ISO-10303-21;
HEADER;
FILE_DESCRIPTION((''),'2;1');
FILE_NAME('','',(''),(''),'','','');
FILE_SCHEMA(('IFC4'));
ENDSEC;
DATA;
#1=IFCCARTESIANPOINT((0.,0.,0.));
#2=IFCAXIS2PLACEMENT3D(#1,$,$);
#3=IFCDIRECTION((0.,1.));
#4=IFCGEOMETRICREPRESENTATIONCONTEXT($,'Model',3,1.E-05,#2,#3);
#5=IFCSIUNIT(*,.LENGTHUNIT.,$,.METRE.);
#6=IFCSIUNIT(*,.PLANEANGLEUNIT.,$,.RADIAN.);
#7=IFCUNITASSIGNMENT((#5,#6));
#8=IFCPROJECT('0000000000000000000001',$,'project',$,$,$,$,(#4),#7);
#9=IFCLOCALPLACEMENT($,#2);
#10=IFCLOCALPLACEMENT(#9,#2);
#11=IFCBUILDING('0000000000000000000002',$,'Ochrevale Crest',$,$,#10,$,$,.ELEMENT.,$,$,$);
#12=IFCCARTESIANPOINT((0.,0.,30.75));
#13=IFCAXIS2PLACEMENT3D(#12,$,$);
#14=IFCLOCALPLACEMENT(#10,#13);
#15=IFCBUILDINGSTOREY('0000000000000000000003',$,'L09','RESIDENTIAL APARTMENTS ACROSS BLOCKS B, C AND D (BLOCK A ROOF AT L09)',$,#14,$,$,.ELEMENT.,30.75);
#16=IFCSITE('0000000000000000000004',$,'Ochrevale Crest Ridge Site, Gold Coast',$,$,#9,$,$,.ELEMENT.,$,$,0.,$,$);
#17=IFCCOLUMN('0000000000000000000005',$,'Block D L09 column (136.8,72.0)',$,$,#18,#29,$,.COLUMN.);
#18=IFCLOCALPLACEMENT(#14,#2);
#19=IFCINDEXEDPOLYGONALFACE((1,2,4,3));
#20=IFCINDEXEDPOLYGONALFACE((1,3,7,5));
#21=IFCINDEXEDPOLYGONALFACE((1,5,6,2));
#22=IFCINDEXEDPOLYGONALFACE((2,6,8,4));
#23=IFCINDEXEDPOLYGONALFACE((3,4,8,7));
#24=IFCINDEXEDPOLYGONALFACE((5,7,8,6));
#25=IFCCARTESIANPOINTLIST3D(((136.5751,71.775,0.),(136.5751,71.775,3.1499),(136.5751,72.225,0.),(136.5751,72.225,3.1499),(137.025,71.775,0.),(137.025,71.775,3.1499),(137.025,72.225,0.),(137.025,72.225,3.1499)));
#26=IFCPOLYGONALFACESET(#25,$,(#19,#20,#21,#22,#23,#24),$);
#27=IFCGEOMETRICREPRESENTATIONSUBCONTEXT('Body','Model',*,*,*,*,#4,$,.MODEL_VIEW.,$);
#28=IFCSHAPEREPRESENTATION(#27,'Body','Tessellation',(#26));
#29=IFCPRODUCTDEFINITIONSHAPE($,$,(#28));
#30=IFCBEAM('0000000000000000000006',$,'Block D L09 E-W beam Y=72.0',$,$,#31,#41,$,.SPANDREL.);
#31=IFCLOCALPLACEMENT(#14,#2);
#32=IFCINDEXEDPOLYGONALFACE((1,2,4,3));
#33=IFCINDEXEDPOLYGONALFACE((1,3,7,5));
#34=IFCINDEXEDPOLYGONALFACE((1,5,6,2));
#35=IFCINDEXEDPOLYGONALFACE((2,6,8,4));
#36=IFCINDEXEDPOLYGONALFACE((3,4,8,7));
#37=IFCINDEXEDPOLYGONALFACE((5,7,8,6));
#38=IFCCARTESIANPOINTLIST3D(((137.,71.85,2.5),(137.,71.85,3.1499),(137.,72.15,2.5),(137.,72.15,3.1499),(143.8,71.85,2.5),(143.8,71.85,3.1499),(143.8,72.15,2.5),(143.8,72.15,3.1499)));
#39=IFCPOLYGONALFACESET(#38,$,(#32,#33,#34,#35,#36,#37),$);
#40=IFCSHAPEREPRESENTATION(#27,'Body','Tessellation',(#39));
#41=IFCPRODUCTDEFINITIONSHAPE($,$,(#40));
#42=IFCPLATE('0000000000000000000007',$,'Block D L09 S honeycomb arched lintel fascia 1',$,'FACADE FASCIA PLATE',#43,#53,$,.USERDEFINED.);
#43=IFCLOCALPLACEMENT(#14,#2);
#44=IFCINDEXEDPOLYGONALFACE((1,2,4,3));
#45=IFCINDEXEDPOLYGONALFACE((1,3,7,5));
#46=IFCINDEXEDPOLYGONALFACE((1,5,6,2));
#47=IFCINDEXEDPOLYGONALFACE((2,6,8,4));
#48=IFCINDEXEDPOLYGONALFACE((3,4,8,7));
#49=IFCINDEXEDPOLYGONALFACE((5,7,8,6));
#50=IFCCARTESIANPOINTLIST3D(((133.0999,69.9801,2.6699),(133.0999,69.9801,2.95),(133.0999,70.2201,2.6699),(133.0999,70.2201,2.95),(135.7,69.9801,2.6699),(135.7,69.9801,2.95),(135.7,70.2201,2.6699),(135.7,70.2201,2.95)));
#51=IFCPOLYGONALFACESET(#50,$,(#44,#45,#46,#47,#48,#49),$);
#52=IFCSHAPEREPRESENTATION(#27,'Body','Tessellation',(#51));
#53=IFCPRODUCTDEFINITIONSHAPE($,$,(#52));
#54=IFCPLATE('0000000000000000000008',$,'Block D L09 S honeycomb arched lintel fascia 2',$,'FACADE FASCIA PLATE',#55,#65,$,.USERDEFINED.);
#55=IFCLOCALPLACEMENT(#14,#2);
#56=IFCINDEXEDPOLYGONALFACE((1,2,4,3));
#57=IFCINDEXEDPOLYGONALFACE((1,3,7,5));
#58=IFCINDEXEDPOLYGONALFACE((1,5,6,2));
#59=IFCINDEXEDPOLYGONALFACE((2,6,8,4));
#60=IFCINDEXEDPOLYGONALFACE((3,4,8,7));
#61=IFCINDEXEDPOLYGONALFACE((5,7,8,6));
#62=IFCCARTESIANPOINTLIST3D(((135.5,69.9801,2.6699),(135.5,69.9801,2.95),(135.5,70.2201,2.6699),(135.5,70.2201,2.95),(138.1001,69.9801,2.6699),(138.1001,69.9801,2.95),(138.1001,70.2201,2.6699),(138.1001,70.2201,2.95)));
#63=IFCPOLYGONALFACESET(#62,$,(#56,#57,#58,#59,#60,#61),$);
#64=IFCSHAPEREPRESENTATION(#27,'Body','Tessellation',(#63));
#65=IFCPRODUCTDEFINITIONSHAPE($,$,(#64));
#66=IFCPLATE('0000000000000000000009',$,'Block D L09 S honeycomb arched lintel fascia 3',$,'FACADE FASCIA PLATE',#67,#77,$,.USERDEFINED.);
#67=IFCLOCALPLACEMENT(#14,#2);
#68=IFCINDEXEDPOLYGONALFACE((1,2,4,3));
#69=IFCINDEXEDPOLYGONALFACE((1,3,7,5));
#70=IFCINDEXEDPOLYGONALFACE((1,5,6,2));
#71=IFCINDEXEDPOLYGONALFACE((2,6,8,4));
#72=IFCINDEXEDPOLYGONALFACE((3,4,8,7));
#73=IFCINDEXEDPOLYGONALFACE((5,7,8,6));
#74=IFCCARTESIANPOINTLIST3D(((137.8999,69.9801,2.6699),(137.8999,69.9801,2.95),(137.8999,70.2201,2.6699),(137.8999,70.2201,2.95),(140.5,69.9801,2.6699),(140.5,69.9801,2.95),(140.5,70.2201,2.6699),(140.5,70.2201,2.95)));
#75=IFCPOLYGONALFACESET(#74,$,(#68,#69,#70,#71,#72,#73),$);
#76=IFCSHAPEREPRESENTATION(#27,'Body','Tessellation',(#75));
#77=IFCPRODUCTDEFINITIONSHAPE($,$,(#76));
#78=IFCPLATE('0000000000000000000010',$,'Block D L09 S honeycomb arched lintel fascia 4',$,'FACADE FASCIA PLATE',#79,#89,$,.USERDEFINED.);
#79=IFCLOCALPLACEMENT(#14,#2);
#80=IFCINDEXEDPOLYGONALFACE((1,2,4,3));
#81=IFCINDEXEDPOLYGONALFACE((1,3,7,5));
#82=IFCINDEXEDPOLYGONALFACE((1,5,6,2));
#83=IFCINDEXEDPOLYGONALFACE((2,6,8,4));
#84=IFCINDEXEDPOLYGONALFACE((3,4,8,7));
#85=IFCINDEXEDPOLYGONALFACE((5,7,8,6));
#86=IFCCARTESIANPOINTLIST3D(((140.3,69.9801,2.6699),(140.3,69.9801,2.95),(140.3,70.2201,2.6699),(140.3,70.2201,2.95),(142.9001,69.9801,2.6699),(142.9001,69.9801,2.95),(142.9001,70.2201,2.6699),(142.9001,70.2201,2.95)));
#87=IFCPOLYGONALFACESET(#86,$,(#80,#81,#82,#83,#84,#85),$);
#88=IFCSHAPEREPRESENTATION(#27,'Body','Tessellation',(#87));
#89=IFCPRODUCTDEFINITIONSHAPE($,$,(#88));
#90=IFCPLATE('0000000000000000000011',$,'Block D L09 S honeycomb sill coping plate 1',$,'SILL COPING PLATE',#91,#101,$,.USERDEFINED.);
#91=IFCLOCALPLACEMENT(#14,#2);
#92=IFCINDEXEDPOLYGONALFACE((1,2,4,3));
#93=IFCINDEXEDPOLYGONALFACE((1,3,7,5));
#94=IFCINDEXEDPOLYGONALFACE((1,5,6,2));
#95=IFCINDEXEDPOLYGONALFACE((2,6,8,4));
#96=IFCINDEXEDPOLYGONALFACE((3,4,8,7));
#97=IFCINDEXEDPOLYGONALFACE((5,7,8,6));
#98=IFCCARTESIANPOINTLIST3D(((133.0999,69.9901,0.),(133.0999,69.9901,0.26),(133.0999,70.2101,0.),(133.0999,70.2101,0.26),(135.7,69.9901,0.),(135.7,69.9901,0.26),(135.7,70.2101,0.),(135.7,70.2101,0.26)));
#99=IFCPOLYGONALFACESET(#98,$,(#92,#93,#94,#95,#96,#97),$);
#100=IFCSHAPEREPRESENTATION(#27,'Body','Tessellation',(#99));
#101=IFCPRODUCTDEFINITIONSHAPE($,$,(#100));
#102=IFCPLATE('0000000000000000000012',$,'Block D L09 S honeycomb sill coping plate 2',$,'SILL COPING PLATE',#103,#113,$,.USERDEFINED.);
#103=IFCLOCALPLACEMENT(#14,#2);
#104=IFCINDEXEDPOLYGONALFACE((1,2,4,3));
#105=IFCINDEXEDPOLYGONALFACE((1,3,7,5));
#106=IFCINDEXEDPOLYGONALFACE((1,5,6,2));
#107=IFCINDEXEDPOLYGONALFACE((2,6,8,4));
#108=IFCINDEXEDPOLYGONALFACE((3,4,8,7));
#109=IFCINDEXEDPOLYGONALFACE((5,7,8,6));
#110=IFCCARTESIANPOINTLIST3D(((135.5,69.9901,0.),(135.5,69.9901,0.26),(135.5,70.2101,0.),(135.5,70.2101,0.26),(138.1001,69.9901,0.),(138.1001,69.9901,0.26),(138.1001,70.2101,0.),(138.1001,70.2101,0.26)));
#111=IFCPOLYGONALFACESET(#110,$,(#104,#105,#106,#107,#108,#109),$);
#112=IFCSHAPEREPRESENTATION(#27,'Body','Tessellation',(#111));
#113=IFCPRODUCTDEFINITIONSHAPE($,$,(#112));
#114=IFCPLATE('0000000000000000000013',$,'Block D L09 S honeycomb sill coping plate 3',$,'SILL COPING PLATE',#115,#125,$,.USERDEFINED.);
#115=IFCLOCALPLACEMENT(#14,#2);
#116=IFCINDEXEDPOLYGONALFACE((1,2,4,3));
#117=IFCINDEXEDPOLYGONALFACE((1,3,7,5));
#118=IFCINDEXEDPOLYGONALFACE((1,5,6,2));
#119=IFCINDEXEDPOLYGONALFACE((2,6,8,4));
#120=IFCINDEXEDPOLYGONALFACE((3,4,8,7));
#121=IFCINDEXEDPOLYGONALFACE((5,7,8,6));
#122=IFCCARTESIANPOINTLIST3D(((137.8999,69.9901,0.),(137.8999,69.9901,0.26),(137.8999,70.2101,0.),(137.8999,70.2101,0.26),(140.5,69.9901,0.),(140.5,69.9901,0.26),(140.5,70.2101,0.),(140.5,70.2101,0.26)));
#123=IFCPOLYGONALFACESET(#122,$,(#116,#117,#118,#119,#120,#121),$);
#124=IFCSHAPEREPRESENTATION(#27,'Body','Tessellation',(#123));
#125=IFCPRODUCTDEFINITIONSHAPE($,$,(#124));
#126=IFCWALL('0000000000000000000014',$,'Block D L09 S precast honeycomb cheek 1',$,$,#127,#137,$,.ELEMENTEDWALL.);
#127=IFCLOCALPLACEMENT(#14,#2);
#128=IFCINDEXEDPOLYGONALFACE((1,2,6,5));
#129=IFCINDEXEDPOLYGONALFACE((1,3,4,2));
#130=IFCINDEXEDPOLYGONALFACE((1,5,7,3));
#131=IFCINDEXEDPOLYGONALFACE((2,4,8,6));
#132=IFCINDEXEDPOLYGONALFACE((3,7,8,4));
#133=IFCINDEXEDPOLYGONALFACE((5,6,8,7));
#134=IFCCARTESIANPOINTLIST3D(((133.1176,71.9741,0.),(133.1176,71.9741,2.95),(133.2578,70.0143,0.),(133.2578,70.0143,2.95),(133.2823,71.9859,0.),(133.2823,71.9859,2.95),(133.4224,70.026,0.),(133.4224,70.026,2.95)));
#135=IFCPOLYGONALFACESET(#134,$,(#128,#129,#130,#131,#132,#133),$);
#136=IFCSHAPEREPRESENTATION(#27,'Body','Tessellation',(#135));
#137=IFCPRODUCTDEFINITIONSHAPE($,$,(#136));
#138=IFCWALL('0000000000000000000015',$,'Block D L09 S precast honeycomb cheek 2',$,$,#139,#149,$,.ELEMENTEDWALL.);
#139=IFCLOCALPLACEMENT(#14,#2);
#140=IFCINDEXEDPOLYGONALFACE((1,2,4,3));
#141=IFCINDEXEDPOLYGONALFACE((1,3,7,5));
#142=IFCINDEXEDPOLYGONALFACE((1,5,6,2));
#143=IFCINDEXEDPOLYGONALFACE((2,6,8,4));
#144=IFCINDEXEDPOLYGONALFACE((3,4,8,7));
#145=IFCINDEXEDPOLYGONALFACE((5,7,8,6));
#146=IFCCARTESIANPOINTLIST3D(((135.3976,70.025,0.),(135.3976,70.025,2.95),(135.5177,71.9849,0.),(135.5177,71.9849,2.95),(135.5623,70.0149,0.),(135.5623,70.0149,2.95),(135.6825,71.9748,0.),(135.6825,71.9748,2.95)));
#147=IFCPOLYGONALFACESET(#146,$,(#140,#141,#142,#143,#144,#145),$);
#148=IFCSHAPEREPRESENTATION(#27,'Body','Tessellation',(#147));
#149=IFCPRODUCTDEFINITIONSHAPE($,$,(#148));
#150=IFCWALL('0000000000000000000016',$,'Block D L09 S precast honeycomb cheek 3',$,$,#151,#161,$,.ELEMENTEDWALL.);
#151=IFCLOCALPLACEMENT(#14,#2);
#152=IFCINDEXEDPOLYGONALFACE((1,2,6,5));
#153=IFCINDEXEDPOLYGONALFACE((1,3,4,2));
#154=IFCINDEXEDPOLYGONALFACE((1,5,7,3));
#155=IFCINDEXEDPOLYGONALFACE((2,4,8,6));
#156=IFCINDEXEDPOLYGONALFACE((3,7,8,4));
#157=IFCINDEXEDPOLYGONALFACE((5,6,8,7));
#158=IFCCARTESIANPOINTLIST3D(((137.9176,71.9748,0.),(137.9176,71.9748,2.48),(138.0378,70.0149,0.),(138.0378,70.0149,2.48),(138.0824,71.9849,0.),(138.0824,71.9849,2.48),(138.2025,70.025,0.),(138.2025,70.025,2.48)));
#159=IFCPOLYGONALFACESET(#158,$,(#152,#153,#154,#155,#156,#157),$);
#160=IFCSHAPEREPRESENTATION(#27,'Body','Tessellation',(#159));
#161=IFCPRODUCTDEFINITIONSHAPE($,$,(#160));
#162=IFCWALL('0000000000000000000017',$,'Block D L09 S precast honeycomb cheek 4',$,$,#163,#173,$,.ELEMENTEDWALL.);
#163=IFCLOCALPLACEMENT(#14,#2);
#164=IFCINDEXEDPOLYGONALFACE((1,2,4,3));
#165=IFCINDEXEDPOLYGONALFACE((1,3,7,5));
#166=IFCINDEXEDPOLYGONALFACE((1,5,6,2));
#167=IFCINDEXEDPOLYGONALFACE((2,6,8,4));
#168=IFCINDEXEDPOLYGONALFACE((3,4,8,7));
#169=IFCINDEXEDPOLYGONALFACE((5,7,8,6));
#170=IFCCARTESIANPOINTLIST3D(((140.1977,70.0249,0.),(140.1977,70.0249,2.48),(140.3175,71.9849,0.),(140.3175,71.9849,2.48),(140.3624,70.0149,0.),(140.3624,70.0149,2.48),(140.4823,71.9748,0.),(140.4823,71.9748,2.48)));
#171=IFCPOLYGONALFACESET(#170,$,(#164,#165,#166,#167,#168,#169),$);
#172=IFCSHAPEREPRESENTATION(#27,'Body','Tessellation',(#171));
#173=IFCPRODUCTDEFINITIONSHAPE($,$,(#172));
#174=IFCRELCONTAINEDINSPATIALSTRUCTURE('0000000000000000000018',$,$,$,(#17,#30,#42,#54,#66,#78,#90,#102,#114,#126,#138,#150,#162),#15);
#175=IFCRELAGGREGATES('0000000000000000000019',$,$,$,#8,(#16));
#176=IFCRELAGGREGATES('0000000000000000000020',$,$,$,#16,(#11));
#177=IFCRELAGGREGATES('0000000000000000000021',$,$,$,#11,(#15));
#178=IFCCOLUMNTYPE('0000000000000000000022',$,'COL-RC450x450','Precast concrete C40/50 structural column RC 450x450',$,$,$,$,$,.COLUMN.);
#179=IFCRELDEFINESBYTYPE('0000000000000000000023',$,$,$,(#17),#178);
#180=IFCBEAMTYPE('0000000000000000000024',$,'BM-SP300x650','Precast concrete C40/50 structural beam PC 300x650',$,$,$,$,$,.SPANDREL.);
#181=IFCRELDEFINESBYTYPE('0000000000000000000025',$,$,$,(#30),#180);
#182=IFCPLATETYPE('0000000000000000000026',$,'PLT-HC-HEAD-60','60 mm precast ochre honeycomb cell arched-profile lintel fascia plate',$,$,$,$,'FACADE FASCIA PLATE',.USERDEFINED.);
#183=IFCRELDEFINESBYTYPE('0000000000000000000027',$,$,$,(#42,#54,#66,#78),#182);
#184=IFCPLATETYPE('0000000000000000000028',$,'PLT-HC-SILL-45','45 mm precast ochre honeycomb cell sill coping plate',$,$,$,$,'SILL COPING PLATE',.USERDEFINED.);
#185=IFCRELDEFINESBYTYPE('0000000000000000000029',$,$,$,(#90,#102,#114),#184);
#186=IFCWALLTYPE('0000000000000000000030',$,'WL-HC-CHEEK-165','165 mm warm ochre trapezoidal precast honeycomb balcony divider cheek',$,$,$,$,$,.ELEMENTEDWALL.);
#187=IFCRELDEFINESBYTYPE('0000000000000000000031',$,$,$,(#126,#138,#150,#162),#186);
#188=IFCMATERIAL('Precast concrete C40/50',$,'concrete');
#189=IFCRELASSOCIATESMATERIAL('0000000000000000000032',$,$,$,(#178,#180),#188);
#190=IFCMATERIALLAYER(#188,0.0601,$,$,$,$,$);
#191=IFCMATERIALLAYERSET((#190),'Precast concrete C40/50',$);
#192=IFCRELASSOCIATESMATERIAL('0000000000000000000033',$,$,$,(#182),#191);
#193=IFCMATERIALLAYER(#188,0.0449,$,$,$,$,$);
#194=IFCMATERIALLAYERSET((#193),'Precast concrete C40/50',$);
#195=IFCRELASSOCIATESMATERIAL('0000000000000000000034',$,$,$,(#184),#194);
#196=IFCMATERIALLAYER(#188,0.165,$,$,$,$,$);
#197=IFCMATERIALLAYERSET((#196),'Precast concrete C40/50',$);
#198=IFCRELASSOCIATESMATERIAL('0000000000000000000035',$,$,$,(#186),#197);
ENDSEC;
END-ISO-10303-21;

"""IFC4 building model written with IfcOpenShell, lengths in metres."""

from ifc_helpers import new_model, si_unit, direction, frame, frame_2d, origin, origin_2d, place, context, subcontext, project, spatial, rectangle, extrude, material, layer, layer_set, material_profile, profile_set, type_object, element, save


model = new_model("IFC4")

# Units and contexts
model_context = context("Model", 3, precision=1e-05, world=origin(), true_north=direction((0.0, 1.0)))
body_context = subcontext(model_context, "Body", "Model", "MODEL_VIEW")
ifc_project = project(units=[si_unit("LENGTHUNIT", "METRE"), si_unit("PLANEANGLEUNIT", "RADIAN")], contexts=[model_context])

# Site, building, storey
site_placement = place(None, origin())
site = spatial("IfcSite", under=ifc_project, at=site_placement, Name="Ochrevale Crest Ridge Site, Gold Coast", CompositionType="ELEMENT", RefElevation=0.0)
building_placement = place(site_placement, origin())
building = spatial("IfcBuilding", under=site, at=building_placement, Name="Ochrevale Crest", CompositionType="ELEMENT")
storey_placement = place(building_placement, frame((0.0, 0.0, 30.75)))
storey = spatial("IfcBuildingStorey", under=building, at=storey_placement, Name="L09", Description="RESIDENTIAL APARTMENTS ACROSS BLOCKS B, C AND D (BLOCK A ROOF AT L09)", CompositionType="ELEMENT", Elevation=30.75)

# Column
ifc_material_1 = material(Name="Precast concrete C40/50", Category="concrete")
ifc_material_profile_1 = material_profile(ifc_material_1, rectangle(XDim=0.45, YDim=0.45, at=origin_2d()), Name="RC 450x450")
ifc_profile_set_1 = profile_set([ifc_material_profile_1], Name="Precast concrete C40/50")
column_type = type_object("IfcColumnType", Name="COL-RC450x450", Description="Precast concrete C40/50 structural column RC 450x450", PredefinedType="COLUMN", material=ifc_profile_set_1)
column_placement = place(storey_placement, frame((136.8, 72.0, 0.0), z_axis=(0.0, 0.0, 1.0), x_axis=(1.0, 0.0, 0.0)))
element("IfcColumn", 1, at=column_placement, inside=storey, type_object=column_type, Name="Block D L09 column (136.8,72.0)", PredefinedType="COLUMN", context=body_context, shape_type="SweptSolid", body=[
    extrude(rectangle(XDim=0.45, YDim=0.45, at=origin_2d()), origin(), (0.0, 0.0, 1.0), 3.1499),
])

# Beam
ifc_material_profile_2 = material_profile(ifc_material_1, rectangle(XDim=0.3, YDim=0.6499, at=origin_2d()), Name="PC 300x650")
ifc_profile_set_2 = profile_set([ifc_material_profile_2], Name="Precast concrete C40/50")
beam_type = type_object("IfcBeamType", Name="BM-SP300x650", Description="Precast concrete C40/50 structural beam PC 300x650", PredefinedType="SPANDREL", material=ifc_profile_set_2)
beam_placement = place(storey_placement, frame((137.0, 72.0, 2.825), z_axis=(1.0, 0.0, 0.0), x_axis=(0.0, 1.0, 0.0)))
element("IfcBeam", 2, at=beam_placement, inside=storey, type_object=beam_type, Name="Block D L09 E-W beam Y=72.0", PredefinedType="SPANDREL", context=body_context, shape_type="SweptSolid", body=[
    extrude(rectangle(XDim=0.3, YDim=0.6499, at=origin_2d()), origin(), (0.0, 0.0, 1.0), 6.8),
])

# Plates
ifc_layer_1 = layer(ifc_material_1, 0.0601)
ifc_layer_set_1 = layer_set([ifc_layer_1], Name="Precast concrete C40/50")
plate_type_1 = type_object("IfcPlateType", Name="PLT-HC-HEAD-60", Description="60 mm precast ochre honeycomb cell arched-profile lintel fascia plate", ElementType="FACADE FASCIA PLATE", PredefinedType="USERDEFINED", material=ifc_layer_set_1)
for number, where, z_axis, x_axis, name in (
    (3, (134.3999, 70.1001, 2.6699), (0.0, 0.0, 1.0), (1.0, 0.0, 0.0), "Block D L09 S honeycomb arched lintel fascia 1"),
    (4, (136.8, 70.1001, 2.6699), (0.0, 0.0, 1.0), (1.0, 0.0, 0.0), "Block D L09 S honeycomb arched lintel fascia 2"),
    (5, (139.2, 70.1001, 2.6699), (0.0, 0.0, 1.0), (1.0, 0.0, 0.0), "Block D L09 S honeycomb arched lintel fascia 3"),
    (6, (141.6001, 70.1001, 2.6699), (0.0, 0.0, 1.0), (1.0, 0.0, 0.0), "Block D L09 S honeycomb arched lintel fascia 4"),
):
    element("IfcPlate", number, at=place(storey_placement, frame(where, z_axis=z_axis, x_axis=x_axis)), inside=storey, type_object=plate_type_1, Name=name, ObjectType="FACADE FASCIA PLATE", PredefinedType="USERDEFINED", context=body_context, shape_type="SweptSolid", body=[
        extrude(rectangle(XDim=2.6001, YDim=0.24, at=origin_2d()), origin(), (0.0, 0.0, 1.0), 0.28),
    ])
ifc_layer_2 = layer(ifc_material_1, 0.0449)
ifc_layer_set_2 = layer_set([ifc_layer_2], Name="Precast concrete C40/50")
plate_type_2 = type_object("IfcPlateType", Name="PLT-HC-SILL-45", Description="45 mm precast ochre honeycomb cell sill coping plate", ElementType="SILL COPING PLATE", PredefinedType="USERDEFINED", material=ifc_layer_set_2)
for number, where, z_axis, x_axis, name in (
    (7, (134.3999, 70.1001, 0.0), (0.0, 0.0, 1.0), (1.0, 0.0, 0.0), "Block D L09 S honeycomb sill coping plate 1"),
    (8, (136.8, 70.1001, 0.0), (0.0, 0.0, 1.0), (1.0, 0.0, 0.0), "Block D L09 S honeycomb sill coping plate 2"),
    (9, (139.2, 70.1001, 0.0), (0.0, 0.0, 1.0), (1.0, 0.0, 0.0), "Block D L09 S honeycomb sill coping plate 3"),
):
    element("IfcPlate", number, at=place(storey_placement, frame(where, z_axis=z_axis, x_axis=x_axis)), inside=storey, type_object=plate_type_2, Name=name, ObjectType="SILL COPING PLATE", PredefinedType="USERDEFINED", context=body_context, shape_type="SweptSolid", body=[
        extrude(rectangle(XDim=2.6001, YDim=0.22, at=origin_2d()), origin(), (0.0, 0.0, 1.0), 0.26),
    ])

# Walls
ifc_layer_3 = layer(ifc_material_1, 0.165)
ifc_layer_set_3 = layer_set([ifc_layer_3], Name="Precast concrete C40/50")
wall_type = type_object("IfcWallType", Name="WL-HC-CHEEK-165", Description="165 mm warm ochre trapezoidal precast honeycomb balcony divider cheek", PredefinedType="ELEMENTEDWALL", material=ifc_layer_set_3)
wall_1_placement = place(storey_placement, frame((133.2, 71.98, 0.0), z_axis=(0.0, 0.0, 1.0), x_axis=(0.071318, -0.997454, 0.0)))
element("IfcWall", 10, at=wall_1_placement, inside=storey, type_object=wall_type, Name="Block D L09 S precast honeycomb cheek 1", PredefinedType="ELEMENTEDWALL", context=body_context, shape_type="SweptSolid", body=[
    extrude(rectangle(XDim=1.9648, YDim=0.165, at=frame_2d((0.9824, 0.0))), origin(), (0.0, 0.0, 1.0), 2.95),
])
wall_2_placement = place(storey_placement, frame((135.6001, 71.98, 0.0), z_axis=(0.0, 0.0, 1.0), x_axis=(-0.061171, -0.998127, 0.0)))
element("IfcWall", 11, at=wall_2_placement, inside=storey, type_object=wall_type, Name="Block D L09 S precast honeycomb cheek 2", PredefinedType="ELEMENTEDWALL", context=body_context, shape_type="SweptSolid", body=[
    extrude(rectangle(XDim=1.9636, YDim=0.165, at=frame_2d((0.9819, 0.0))), origin(), (0.0, 0.0, 1.0), 2.95),
])
for number, where, z_axis, x_axis, name in (
    (12, (138.0, 71.98, 0.0), (0.0, 0.0, 1.0), (0.061171, -0.998127, 0.0), "Block D L09 S precast honeycomb cheek 3"),
    (13, (140.3999, 71.98, 0.0), (0.0, 0.0, 1.0), (-0.061047, -0.998135, 0.0), "Block D L09 S precast honeycomb cheek 4"),
):
    element("IfcWall", number, at=place(storey_placement, frame(where, z_axis=z_axis, x_axis=x_axis)), inside=storey, type_object=wall_type, Name=name, PredefinedType="ELEMENTEDWALL", context=body_context, shape_type="SweptSolid", body=[
        extrude(rectangle(XDim=1.9636, YDim=0.165, at=frame_2d((0.9819, 0.0))), origin(), (0.0, 0.0, 1.0), 2.48),
    ])

save(model, "model.ifc")
